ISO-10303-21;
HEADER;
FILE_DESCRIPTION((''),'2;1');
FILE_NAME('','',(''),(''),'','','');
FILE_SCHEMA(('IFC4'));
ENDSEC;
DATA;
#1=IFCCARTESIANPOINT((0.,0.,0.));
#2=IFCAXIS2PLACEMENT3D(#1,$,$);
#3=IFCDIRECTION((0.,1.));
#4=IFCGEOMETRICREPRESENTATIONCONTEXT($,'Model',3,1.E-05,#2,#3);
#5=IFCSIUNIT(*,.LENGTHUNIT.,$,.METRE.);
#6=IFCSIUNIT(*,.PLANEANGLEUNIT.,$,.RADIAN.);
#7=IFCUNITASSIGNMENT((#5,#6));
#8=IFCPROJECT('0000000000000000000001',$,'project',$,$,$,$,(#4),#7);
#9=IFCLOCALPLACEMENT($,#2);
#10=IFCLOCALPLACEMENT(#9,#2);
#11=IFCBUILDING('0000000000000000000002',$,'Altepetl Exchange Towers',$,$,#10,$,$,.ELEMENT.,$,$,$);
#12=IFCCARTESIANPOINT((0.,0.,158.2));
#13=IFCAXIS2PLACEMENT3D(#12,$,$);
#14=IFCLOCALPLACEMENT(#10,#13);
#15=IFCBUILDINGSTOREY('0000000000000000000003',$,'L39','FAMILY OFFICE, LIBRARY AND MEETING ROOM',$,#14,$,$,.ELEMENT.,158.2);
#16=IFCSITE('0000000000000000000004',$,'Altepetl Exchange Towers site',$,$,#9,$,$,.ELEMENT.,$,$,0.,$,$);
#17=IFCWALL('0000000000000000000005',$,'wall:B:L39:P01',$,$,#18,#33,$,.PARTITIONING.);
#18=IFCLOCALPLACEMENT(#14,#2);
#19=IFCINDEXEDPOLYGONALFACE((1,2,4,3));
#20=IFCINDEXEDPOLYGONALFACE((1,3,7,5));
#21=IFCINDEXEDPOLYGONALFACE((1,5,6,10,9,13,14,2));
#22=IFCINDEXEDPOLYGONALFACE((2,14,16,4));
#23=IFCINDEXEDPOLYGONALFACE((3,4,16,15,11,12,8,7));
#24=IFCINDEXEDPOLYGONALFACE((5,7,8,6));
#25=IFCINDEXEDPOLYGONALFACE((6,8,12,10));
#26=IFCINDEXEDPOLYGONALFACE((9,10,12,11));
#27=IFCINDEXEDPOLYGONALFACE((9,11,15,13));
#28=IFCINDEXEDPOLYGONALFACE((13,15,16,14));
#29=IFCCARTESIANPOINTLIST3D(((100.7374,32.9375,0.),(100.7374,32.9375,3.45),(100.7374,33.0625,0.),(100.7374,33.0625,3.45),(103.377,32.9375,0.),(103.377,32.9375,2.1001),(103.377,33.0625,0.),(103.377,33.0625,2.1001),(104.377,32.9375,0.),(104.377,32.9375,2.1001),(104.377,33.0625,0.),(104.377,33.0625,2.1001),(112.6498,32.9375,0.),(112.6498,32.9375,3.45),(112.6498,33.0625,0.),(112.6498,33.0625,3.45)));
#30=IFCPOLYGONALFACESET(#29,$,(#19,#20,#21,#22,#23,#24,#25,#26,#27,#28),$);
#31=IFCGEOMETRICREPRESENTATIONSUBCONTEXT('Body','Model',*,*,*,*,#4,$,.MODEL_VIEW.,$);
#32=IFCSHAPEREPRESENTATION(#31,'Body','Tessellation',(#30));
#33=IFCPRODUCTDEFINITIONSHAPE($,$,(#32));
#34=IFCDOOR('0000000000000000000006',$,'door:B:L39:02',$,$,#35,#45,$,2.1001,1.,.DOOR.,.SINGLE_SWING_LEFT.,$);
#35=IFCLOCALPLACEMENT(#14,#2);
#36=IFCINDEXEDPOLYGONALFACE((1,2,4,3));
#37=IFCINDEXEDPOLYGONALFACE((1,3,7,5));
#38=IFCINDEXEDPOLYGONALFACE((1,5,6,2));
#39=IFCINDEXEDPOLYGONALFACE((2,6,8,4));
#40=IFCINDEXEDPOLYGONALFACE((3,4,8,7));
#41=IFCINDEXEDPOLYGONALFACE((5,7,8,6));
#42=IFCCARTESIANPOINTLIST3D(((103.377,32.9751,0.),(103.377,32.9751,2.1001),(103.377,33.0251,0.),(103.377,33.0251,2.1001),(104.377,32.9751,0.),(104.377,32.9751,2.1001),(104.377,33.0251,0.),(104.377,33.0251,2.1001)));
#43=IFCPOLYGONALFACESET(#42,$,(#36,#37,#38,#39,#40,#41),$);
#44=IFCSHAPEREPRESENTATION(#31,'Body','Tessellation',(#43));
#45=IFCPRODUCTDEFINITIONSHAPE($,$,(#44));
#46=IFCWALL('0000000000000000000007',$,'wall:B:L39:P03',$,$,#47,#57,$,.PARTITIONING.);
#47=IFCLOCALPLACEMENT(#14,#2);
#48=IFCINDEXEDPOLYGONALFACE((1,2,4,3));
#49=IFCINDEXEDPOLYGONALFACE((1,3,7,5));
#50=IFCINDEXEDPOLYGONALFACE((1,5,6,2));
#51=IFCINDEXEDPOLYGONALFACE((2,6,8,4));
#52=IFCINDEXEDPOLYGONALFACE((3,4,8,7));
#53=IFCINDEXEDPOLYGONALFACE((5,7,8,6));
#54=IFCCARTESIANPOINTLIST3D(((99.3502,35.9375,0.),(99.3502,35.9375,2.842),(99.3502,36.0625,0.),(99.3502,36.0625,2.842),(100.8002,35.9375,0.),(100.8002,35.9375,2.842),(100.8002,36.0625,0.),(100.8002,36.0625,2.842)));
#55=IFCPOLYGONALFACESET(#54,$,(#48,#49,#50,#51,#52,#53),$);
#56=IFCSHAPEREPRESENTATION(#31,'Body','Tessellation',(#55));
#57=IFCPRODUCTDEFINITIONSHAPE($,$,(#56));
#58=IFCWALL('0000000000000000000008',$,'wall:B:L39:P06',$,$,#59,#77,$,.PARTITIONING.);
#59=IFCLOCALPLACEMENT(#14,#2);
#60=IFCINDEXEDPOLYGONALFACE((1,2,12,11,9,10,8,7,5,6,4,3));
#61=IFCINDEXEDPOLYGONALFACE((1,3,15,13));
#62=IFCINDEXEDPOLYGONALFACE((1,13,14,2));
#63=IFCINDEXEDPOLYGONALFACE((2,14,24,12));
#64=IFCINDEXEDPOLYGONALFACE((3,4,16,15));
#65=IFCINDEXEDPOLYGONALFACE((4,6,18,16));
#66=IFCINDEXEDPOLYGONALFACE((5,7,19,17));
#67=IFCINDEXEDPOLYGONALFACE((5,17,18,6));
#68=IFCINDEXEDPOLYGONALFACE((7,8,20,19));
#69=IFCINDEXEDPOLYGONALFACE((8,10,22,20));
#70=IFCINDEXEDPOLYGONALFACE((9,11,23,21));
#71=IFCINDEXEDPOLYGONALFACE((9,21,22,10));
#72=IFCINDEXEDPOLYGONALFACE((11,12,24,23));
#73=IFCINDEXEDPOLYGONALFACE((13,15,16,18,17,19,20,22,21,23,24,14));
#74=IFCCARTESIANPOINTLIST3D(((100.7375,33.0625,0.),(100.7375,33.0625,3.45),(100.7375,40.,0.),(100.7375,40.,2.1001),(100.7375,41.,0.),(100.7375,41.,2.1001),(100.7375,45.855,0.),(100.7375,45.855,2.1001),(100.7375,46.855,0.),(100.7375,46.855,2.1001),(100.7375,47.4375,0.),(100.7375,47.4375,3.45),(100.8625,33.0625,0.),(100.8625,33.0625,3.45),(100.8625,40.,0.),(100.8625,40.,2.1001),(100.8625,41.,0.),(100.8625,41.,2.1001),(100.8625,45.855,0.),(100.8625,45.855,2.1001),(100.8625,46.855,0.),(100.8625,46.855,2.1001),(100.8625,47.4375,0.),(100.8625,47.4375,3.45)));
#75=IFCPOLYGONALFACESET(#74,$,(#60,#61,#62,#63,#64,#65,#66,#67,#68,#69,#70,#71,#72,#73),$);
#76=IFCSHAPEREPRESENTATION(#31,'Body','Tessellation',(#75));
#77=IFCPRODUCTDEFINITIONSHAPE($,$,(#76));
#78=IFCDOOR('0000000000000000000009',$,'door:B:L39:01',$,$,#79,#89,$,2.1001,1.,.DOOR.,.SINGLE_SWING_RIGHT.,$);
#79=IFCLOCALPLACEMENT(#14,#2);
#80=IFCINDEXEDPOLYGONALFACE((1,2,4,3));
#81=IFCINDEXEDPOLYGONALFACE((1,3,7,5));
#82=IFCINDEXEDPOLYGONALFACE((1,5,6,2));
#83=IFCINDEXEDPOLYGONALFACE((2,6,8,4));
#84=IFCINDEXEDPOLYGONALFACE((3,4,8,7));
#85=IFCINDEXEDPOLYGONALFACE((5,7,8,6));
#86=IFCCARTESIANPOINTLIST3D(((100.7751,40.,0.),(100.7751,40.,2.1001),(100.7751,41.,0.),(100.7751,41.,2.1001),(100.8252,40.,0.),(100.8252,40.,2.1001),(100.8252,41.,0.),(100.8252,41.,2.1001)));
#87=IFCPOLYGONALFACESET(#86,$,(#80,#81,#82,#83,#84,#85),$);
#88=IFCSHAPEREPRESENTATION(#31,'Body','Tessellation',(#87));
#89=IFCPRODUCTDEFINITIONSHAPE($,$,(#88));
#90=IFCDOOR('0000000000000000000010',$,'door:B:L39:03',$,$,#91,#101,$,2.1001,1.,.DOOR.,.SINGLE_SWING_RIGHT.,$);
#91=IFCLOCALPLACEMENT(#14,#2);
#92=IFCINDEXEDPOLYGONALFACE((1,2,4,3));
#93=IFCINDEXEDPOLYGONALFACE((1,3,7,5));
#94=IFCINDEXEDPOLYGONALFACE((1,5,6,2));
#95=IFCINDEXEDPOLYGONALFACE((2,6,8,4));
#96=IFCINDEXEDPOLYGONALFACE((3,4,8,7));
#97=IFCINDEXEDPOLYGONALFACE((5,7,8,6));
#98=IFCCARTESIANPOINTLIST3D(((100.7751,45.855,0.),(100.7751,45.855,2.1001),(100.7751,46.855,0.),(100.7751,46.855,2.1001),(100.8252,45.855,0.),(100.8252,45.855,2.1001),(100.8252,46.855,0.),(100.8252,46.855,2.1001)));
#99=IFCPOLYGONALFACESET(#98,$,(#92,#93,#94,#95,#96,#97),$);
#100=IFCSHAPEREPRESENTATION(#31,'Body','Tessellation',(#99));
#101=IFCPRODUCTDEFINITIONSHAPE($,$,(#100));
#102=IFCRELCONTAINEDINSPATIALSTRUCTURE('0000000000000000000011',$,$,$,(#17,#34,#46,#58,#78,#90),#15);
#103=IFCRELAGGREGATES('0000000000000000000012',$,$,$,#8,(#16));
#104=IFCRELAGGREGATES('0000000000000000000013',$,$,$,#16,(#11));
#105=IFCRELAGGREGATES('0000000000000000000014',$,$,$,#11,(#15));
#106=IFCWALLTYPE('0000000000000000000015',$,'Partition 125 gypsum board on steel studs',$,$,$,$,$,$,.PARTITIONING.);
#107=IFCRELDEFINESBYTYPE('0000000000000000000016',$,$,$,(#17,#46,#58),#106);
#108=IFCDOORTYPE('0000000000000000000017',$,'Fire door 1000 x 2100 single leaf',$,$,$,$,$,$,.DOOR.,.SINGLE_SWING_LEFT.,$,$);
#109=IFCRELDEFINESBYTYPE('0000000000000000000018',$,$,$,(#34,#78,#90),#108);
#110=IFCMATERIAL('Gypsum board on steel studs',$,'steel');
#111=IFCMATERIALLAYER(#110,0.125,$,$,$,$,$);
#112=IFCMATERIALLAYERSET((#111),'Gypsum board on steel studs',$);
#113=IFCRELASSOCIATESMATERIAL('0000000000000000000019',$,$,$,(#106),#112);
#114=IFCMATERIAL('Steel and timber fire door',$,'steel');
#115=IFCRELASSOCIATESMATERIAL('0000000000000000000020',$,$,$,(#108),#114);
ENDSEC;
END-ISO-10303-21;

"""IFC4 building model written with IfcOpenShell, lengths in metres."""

from ifc_helpers import new_model, si_unit, direction, frame, frame_2d, origin, place, context, subcontext, project, spatial, rectangle, extrude, material, layer, layer_set, type_object, element, fill, save


model = new_model("IFC4")

# Units and contexts
model_context = context("Model", 3, precision=1e-05, world=origin(), true_north=direction((0.0, 1.0)))
body_context = subcontext(model_context, "Body", "Model", "MODEL_VIEW")
ifc_project = project(units=[si_unit("LENGTHUNIT", "METRE"), si_unit("PLANEANGLEUNIT", "RADIAN")], contexts=[model_context])

# Site, building, storey
site_placement = place(None, origin())
site = spatial("IfcSite", under=ifc_project, at=site_placement, Name="Altepetl Exchange Towers site", CompositionType="ELEMENT", RefElevation=0.0)
building_placement = place(site_placement, origin())
building = spatial("IfcBuilding", under=site, at=building_placement, Name="Altepetl Exchange Towers", CompositionType="ELEMENT")
storey_placement = place(building_placement, frame((0.0, 0.0, 158.2)))
storey = spatial("IfcBuildingStorey", under=building, at=storey_placement, Name="L39", Description="FAMILY OFFICE, LIBRARY AND MEETING ROOM", CompositionType="ELEMENT", Elevation=158.2)

# Wall, opening, door
ifc_material_1 = material(Name="Gypsum board on steel studs", Category="steel")
ifc_layer_1 = layer(ifc_material_1, 0.125)
ifc_layer_set_1 = layer_set([ifc_layer_1], Name="Gypsum board on steel studs")
wall_type_1 = type_object("IfcWallType", Name="Partition 125 gypsum board on steel studs", PredefinedType="PARTITIONING", material=ifc_layer_set_1)
wall_1_placement = place(storey_placement, frame((100.7375, 33.0, 0.0)))
wall_1 = element("IfcWall", 1, at=wall_1_placement, inside=storey, type_object=wall_type_1, Name="wall:B:L39:P01", PredefinedType="PARTITIONING", context=body_context, shape_type="SweptSolid", body=[
    extrude(rectangle(XDim=11.9124, YDim=0.125, at=frame_2d((5.9561, 0.0))), origin(), (0.0, 0.0, 1.0), 3.45),
])
opening_1_placement = place(wall_1_placement, frame((2.6394, 0.0, 0.0)))
opening_1 = element("IfcOpeningElement", 2, at=opening_1_placement, cuts=wall_1, PredefinedType="OPENING", context=body_context, shape_type="SweptSolid", body=[
    extrude(rectangle(XDim=1.0, YDim=2.1001, at=frame_2d((0.5, 1.05))), frame((0.0, 0.0725, 0.0), z_axis=(0.0, -1.0, 0.0), x_axis=(1.0, 0.0, 0.0)), (0.0, 0.0, 1.0), 0.145),
])
ifc_material_2 = material(Name="Steel and timber fire door", Category="steel")
door_type_1 = type_object("IfcDoorType", Name="Fire door 1000 x 2100 single leaf", OperationType="SINGLE_SWING_LEFT", PredefinedType="DOOR", material=ifc_material_2)
door_1_placement = place(opening_1_placement, frame((1.0, 0.0, 0.0), x_axis=(-1.0, 0.0, 0.0)))
door_1 = element("IfcDoor", 3, at=door_1_placement, inside=storey, type_object=door_type_1, Name="door:B:L39:02", OperationType="SINGLE_SWING_LEFT", OverallHeight=2.1001, OverallWidth=1.0, PredefinedType="DOOR", context=body_context, shape_type="SweptSolid", body=[
    extrude(rectangle(XDim=1.0, YDim=2.1001, at=frame_2d((0.5, 1.05))), frame((0.0, 0.0249, 0.0), z_axis=(0.0, -1.0, 0.0), x_axis=(1.0, 0.0, 0.0)), (0.0, 0.0, 1.0), 0.05),
])
fill(opening_1, door_1)

# Wall
wall_2_placement = place(storey_placement, frame((99.3501, 36.0, 0.0)))
element("IfcWall", 4, at=wall_2_placement, inside=storey, type_object=wall_type_1, Name="wall:B:L39:P03", PredefinedType="PARTITIONING", context=body_context, shape_type="SweptSolid", body=[
    extrude(rectangle(XDim=1.45, YDim=0.125, at=frame_2d((0.7251, 0.0))), origin(), (0.0, 0.0, 1.0), 2.842),
])

# Wall, openings, doors
wall_3_placement = place(storey_placement, frame((100.8, 33.0625, 0.0), z_axis=(0.0, 0.0, 1.0), x_axis=(0.0, 1.0, 0.0)))
wall_3 = element("IfcWall", 5, at=wall_3_placement, inside=storey, type_object=wall_type_1, Name="wall:B:L39:P06", PredefinedType="PARTITIONING", context=body_context, shape_type="SweptSolid", body=[
    extrude(rectangle(XDim=14.375, YDim=0.125, at=frame_2d((7.1875, 0.0))), origin(), (0.0, 0.0, 1.0), 3.45),
])
opening_2_placement = place(wall_3_placement, frame((6.9375, 0.0, 0.0)))
opening_2 = element("IfcOpeningElement", 6, at=opening_2_placement, cuts=wall_3, PredefinedType="OPENING", context=body_context, shape_type="SweptSolid", body=[
    extrude(rectangle(XDim=1.0, YDim=2.1001, at=frame_2d((0.5, 1.05))), frame((0.0, 0.0725, 0.0), z_axis=(0.0, -1.0, 0.0), x_axis=(1.0, 0.0, 0.0)), (0.0, 0.0, 1.0), 0.145),
])
opening_3_placement = place(wall_3_placement, frame((12.7925, 0.0, 0.0)))
opening_3 = element("IfcOpeningElement", 7, at=opening_3_placement, cuts=wall_3, PredefinedType="OPENING", context=body_context, shape_type="SweptSolid", body=[
    extrude(rectangle(XDim=1.0, YDim=2.1001, at=frame_2d((0.5, 1.05))), frame((0.0, 0.0725, 0.0), z_axis=(0.0, -1.0, 0.0), x_axis=(1.0, 0.0, 0.0)), (0.0, 0.0, 1.0), 0.145),
])
door_2_placement = place(opening_2_placement, origin())
door_2 = element("IfcDoor", 8, at=door_2_placement, inside=storey, type_object=door_type_1, Name="door:B:L39:01", OperationType="SINGLE_SWING_RIGHT", OverallHeight=2.1001, OverallWidth=1.0, PredefinedType="DOOR", context=body_context, shape_type="SweptSolid", body=[
    extrude(rectangle(XDim=1.0, YDim=2.1001, at=frame_2d((0.5, 1.05))), frame((0.0, 0.0249, 0.0), z_axis=(0.0, -1.0, 0.0), x_axis=(1.0, 0.0, 0.0)), (0.0, 0.0, 1.0), 0.05),
])
fill(opening_2, door_2)
door_3_placement = place(opening_3_placement, origin())
door_3 = element("IfcDoor", 9, at=door_3_placement, inside=storey, type_object=door_type_1, Name="door:B:L39:03", OperationType="SINGLE_SWING_RIGHT", OverallHeight=2.1001, OverallWidth=1.0, PredefinedType="DOOR", context=body_context, shape_type="SweptSolid", body=[
    extrude(rectangle(XDim=1.0, YDim=2.1001, at=frame_2d((0.5, 1.05))), frame((0.0, 0.0249, 0.0), z_axis=(0.0, -1.0, 0.0), x_axis=(1.0, 0.0, 0.0)), (0.0, 0.0, 1.0), 0.05),
])
fill(opening_3, door_3)

save(model, "model.ifc")
